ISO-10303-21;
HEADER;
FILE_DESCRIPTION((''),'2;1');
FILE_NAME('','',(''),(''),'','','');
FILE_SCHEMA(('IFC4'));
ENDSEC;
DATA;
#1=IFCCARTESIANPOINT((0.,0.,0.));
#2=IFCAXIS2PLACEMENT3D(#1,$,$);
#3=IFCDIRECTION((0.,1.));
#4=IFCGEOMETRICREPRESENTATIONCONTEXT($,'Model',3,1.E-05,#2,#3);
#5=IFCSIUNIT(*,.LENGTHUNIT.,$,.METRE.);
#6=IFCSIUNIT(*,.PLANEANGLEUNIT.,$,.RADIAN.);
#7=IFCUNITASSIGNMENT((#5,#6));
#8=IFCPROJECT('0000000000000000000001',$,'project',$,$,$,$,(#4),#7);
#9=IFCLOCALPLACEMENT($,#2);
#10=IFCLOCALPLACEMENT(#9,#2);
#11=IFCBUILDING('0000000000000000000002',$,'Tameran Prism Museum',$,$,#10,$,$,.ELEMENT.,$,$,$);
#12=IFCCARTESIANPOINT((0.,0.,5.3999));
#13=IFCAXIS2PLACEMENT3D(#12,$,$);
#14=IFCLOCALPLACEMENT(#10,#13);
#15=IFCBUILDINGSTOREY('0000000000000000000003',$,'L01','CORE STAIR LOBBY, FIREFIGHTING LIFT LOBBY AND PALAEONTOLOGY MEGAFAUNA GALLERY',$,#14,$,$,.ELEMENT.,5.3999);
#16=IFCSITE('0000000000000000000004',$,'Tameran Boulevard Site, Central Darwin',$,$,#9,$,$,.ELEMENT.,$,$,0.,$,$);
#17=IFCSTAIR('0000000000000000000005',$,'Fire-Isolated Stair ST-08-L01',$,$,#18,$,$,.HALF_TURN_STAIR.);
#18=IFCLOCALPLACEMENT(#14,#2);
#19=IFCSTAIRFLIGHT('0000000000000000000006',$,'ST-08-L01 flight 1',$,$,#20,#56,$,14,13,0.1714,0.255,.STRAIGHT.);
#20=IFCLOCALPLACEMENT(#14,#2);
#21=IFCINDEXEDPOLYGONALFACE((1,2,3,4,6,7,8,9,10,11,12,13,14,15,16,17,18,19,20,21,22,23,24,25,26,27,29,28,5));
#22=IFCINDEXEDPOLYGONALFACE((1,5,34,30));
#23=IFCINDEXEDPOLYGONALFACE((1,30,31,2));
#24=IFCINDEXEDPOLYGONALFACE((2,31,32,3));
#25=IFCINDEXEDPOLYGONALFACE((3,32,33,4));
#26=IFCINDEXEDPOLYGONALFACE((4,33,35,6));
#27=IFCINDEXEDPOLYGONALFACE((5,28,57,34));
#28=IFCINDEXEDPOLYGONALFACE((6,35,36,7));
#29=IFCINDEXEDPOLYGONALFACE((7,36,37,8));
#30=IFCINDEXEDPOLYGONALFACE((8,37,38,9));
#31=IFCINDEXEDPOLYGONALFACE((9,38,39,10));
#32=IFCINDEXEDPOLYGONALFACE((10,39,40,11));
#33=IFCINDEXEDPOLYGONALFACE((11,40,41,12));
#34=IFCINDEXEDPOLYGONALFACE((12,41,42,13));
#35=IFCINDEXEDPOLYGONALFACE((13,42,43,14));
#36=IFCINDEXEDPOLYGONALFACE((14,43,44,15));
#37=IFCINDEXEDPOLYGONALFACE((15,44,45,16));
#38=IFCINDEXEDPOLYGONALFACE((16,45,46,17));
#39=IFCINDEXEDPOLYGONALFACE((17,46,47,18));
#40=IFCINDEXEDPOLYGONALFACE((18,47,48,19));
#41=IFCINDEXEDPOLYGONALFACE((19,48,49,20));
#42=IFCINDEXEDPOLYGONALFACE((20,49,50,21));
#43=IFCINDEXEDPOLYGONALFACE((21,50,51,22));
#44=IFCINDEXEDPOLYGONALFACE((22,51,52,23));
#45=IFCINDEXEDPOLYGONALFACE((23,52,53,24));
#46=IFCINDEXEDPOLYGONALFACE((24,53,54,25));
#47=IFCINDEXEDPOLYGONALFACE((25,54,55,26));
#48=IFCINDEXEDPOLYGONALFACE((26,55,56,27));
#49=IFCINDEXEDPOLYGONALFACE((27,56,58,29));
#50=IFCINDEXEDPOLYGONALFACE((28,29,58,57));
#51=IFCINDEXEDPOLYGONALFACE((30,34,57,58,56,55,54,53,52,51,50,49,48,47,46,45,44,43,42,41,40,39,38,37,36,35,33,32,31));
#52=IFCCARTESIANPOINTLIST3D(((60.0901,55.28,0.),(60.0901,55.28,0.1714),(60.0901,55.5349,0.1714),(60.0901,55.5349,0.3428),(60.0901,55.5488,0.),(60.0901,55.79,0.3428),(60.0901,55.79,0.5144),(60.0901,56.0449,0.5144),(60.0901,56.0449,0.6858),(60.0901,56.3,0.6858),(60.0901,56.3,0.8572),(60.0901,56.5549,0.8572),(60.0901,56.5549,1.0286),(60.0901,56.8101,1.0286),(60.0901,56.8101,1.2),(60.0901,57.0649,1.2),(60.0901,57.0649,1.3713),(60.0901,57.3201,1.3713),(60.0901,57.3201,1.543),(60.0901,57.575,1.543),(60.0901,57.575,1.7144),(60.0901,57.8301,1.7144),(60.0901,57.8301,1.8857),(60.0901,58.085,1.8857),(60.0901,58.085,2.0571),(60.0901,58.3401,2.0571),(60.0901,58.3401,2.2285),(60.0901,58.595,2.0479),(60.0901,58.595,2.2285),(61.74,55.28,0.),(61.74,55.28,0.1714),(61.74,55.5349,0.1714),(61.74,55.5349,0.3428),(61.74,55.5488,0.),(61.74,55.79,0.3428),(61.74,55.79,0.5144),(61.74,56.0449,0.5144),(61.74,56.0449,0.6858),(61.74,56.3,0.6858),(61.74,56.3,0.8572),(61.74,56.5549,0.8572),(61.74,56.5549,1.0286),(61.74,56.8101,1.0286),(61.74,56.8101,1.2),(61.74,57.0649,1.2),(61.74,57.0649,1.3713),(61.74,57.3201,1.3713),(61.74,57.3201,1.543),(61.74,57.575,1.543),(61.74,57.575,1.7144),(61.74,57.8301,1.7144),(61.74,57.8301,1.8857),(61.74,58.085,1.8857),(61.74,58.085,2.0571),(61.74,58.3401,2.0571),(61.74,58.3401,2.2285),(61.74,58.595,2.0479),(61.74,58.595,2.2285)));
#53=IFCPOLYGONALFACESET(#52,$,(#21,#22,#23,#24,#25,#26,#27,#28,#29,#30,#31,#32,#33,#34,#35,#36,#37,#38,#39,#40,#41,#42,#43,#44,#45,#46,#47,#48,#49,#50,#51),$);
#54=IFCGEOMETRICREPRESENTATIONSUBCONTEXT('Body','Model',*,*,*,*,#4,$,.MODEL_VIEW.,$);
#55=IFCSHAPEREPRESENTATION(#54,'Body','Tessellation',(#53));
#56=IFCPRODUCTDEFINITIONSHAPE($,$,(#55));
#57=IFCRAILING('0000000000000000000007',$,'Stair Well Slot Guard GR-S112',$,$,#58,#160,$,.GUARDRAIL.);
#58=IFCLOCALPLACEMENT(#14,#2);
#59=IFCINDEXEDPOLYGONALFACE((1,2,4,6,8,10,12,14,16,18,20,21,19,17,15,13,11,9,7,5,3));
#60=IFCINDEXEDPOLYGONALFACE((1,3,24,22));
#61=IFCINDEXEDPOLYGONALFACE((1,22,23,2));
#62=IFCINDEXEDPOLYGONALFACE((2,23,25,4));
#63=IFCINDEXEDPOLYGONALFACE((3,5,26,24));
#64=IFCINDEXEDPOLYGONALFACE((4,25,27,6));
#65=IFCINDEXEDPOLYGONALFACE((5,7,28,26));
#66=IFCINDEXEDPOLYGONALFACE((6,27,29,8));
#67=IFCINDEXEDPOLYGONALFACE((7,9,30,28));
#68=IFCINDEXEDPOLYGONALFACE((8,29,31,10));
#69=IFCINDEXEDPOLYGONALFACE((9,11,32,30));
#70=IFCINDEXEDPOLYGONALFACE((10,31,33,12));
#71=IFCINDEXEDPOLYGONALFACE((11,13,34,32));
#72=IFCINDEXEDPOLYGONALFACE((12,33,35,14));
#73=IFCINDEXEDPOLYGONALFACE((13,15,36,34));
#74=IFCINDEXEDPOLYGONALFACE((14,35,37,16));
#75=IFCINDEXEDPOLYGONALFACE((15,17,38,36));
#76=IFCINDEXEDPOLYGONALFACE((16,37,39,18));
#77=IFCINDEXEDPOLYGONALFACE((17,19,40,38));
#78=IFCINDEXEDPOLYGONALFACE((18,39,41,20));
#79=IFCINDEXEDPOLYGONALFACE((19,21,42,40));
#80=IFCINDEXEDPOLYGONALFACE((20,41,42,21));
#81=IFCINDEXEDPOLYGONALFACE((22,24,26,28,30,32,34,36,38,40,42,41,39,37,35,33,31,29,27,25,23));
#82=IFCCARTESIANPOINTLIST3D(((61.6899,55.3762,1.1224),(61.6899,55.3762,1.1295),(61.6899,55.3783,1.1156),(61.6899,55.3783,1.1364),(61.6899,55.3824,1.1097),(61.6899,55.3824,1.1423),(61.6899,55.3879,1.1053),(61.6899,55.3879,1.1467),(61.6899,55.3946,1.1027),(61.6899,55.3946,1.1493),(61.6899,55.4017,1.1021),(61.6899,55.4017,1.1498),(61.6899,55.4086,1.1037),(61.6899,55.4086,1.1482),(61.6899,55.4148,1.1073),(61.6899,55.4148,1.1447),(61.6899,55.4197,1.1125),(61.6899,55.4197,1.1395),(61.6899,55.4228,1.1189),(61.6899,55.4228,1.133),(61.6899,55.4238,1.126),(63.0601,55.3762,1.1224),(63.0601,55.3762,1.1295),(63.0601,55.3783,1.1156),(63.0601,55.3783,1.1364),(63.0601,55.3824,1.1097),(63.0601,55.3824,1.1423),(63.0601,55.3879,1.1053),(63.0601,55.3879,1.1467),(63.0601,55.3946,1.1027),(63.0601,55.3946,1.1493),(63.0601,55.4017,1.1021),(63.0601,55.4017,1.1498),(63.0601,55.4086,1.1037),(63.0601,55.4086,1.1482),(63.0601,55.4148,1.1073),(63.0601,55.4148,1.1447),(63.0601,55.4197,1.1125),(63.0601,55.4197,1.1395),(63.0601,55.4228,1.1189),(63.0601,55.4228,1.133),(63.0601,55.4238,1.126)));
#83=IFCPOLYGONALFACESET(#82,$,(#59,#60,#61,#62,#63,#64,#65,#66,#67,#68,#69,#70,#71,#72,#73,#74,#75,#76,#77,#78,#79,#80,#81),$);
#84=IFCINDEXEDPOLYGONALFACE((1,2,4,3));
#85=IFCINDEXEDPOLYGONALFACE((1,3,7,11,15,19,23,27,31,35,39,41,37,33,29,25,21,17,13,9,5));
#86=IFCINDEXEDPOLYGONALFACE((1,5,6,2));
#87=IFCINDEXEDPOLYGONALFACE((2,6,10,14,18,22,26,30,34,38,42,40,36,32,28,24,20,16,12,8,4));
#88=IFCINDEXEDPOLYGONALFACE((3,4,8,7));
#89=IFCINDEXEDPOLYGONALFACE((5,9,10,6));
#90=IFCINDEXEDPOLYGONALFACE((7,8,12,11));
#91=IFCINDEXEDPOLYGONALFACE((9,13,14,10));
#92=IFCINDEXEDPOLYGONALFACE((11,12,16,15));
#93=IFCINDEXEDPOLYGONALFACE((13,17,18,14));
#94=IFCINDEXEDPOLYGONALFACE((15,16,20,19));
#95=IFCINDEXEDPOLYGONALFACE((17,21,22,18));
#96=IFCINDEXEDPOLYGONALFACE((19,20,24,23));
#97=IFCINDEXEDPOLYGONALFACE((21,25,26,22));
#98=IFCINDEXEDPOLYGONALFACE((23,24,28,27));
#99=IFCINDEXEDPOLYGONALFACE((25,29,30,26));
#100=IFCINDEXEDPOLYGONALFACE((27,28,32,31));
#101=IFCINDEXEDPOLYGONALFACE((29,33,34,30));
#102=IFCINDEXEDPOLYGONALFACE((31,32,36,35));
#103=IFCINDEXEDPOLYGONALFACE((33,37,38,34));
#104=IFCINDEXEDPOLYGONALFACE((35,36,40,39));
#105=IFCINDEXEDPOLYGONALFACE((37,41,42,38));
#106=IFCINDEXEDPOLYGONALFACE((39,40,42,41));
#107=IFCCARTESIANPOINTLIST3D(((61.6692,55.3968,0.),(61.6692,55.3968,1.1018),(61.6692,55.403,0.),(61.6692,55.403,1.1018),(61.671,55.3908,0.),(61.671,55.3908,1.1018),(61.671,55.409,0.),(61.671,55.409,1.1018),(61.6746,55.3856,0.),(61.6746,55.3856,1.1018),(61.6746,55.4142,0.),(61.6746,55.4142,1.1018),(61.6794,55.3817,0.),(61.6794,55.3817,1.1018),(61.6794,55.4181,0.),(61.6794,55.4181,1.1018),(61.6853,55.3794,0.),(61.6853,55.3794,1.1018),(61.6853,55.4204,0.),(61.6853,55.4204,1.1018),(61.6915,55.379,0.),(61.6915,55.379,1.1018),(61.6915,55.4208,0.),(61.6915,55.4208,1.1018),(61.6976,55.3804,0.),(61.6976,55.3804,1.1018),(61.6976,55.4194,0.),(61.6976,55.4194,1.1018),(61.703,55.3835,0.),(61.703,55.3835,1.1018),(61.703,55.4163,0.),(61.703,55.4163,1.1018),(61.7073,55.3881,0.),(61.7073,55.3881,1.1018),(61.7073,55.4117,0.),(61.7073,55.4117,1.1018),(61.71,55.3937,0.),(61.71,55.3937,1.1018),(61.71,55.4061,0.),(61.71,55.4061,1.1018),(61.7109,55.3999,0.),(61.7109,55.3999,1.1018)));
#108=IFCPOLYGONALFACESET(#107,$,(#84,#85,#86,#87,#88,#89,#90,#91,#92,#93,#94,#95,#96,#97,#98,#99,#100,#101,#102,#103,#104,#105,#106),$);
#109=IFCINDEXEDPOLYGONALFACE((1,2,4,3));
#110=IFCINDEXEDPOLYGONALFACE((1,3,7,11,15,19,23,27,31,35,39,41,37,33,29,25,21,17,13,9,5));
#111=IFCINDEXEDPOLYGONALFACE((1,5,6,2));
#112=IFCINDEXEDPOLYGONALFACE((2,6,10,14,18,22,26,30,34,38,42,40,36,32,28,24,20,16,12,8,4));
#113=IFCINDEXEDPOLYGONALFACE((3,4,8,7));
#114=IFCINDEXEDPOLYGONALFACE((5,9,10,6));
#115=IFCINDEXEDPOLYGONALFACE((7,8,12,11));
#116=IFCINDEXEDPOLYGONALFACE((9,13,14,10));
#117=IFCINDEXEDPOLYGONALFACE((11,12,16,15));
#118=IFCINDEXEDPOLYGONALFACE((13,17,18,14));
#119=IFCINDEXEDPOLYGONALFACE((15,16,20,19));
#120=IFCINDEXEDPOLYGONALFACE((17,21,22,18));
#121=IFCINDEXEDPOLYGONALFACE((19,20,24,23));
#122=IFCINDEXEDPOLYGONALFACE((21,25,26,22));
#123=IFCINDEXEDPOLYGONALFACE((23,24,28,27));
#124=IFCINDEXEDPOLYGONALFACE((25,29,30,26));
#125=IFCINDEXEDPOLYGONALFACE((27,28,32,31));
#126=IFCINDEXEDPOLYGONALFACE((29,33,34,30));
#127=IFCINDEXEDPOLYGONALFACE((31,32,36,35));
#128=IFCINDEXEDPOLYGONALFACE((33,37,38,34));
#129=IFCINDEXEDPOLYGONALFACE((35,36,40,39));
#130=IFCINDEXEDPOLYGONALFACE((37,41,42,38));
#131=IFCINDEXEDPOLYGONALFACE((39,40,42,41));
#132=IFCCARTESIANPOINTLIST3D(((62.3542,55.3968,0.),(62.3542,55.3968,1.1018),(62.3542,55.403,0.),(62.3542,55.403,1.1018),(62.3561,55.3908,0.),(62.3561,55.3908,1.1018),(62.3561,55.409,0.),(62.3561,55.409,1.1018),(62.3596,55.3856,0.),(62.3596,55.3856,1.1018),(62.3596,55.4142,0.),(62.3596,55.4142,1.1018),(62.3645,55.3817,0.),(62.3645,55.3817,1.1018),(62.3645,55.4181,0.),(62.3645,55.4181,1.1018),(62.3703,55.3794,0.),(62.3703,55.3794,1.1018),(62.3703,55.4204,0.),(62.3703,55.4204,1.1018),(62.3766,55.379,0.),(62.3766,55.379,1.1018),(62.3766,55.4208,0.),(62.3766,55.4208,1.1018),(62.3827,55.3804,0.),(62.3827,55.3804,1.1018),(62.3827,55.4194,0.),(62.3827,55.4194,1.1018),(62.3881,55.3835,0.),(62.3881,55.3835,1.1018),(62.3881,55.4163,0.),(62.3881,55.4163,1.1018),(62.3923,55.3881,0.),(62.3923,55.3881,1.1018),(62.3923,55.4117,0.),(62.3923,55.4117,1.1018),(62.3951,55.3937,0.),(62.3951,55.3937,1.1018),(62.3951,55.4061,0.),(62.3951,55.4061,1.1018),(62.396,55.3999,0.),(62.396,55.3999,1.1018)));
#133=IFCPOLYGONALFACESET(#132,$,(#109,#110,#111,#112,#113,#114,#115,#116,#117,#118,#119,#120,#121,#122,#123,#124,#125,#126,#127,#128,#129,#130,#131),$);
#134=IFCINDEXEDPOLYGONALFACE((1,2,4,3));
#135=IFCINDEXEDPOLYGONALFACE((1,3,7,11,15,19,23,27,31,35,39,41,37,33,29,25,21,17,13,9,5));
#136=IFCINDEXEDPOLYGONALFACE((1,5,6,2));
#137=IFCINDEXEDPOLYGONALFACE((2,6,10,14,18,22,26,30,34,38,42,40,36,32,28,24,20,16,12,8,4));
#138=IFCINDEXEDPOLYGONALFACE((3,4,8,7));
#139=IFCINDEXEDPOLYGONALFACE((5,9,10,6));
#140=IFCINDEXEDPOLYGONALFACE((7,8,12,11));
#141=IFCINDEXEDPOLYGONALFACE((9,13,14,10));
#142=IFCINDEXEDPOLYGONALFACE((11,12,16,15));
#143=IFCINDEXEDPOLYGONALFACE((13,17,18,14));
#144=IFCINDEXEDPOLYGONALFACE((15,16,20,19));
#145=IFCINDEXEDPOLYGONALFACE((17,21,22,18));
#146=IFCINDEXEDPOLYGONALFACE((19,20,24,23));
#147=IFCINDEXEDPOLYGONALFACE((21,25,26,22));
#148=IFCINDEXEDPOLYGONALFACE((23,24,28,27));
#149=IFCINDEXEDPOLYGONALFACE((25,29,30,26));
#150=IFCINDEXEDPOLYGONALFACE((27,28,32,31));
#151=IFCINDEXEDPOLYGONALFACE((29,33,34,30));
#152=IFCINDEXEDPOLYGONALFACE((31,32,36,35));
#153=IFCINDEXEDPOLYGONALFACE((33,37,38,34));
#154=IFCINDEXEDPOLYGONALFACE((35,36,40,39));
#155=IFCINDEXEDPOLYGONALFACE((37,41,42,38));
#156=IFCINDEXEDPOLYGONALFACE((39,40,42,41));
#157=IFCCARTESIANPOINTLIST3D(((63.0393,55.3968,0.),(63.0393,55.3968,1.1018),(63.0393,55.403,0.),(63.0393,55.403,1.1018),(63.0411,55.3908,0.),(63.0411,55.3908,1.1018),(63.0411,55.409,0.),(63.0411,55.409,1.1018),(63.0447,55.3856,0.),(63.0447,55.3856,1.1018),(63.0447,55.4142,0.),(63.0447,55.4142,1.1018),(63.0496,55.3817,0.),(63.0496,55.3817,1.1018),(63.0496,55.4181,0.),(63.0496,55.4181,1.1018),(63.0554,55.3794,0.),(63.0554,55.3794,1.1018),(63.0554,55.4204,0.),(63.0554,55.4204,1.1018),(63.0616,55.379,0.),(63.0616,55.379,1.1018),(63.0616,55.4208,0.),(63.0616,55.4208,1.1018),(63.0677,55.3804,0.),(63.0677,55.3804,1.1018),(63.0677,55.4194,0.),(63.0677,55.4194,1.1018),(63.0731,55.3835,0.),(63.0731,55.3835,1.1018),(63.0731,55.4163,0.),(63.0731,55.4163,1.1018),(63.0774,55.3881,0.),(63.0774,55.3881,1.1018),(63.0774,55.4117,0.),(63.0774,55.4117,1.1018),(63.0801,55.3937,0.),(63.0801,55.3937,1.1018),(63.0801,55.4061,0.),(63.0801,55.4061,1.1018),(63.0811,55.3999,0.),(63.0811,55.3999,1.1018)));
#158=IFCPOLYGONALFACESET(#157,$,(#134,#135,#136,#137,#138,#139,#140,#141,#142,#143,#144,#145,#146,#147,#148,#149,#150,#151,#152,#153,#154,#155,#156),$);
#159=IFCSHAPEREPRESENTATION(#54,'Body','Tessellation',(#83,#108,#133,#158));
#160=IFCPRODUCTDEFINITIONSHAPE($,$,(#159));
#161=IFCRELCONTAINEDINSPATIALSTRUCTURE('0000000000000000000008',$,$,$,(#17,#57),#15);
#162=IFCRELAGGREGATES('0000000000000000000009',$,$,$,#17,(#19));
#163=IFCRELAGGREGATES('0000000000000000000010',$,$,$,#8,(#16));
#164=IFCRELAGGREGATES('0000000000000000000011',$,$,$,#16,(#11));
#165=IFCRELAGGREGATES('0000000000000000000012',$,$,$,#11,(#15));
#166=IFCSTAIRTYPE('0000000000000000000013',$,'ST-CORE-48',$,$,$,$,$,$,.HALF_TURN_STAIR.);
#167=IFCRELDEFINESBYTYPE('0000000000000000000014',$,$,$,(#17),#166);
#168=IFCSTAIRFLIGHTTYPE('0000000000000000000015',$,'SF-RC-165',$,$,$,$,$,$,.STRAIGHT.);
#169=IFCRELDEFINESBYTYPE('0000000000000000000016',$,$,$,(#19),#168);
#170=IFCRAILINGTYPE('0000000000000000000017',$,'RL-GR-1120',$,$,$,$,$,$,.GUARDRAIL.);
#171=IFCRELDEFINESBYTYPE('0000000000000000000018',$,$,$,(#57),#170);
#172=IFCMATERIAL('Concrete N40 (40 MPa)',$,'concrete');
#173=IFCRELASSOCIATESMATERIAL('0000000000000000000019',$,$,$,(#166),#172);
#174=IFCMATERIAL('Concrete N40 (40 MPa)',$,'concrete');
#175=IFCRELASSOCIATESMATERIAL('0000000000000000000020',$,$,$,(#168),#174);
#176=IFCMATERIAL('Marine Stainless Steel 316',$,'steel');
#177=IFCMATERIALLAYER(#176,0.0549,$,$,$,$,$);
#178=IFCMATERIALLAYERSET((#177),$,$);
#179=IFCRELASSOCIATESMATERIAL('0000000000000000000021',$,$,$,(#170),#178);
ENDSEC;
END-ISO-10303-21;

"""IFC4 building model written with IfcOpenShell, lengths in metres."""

from ifc_helpers import new_model, si_unit, direction, frame, origin, origin_2d, place, context, subcontext, project, spatial, polyline, circle, outline, extrude, material, layer, layer_set, type_object, element, aggregate, save


model = new_model("IFC4")

# Units and contexts
model_context = context("Model", 3, precision=1e-05, world=origin(), true_north=direction((0.0, 1.0)))
body_context = subcontext(model_context, "Body", "Model", "MODEL_VIEW")
ifc_project = project(units=[si_unit("LENGTHUNIT", "METRE"), si_unit("PLANEANGLEUNIT", "RADIAN")], contexts=[model_context])

# Site, building, storey
site_placement = place(None, origin())
site = spatial("IfcSite", under=ifc_project, at=site_placement, Name="Tameran Boulevard Site, Central Darwin", CompositionType="ELEMENT", RefElevation=0.0)
building_placement = place(site_placement, origin())
building = spatial("IfcBuilding", under=site, at=building_placement, Name="Tameran Prism Museum", CompositionType="ELEMENT")
storey_placement = place(building_placement, frame((0.0, 0.0, 5.3999)))
storey = spatial("IfcBuildingStorey", under=building, at=storey_placement, Name="L01", Description="CORE STAIR LOBBY, FIREFIGHTING LIFT LOBBY AND PALAEONTOLOGY MEGAFAUNA GALLERY", CompositionType="ELEMENT", Elevation=5.3999)

# Stair, stair flight
ifc_material_1 = material(Name="Concrete N40 (40 MPa)", Category="concrete")
stair_type = type_object("IfcStairType", Name="ST-CORE-48", PredefinedType="HALF_TURN_STAIR", material=ifc_material_1)
stair_placement = place(storey_placement, origin())
stair = element("IfcStair", 1, at=stair_placement, inside=storey, type_object=stair_type, Name="Fire-Isolated Stair ST-08-L01", PredefinedType="HALF_TURN_STAIR")
ifc_material_2 = material(Name="Concrete N40 (40 MPa)", Category="concrete")
stair_flight_type = type_object("IfcStairFlightType", Name="SF-RC-165", PredefinedType="STRAIGHT", material=ifc_material_2)
stair_flight_placement = place(storey_placement, frame((60.915, 55.28, 0.0), z_axis=(0.0, 0.0, 1.0), x_axis=(0.0, 1.0, 0.0)))
stair_flight = element("IfcStairFlight", 2, at=stair_flight_placement, type_object=stair_flight_type, Name="ST-08-L01 flight 1", NumberOfRisers=14, NumberOfTreads=13, PredefinedType="STRAIGHT", RiserHeight=0.1714, TreadLength=0.255, context=body_context, shape_type="SweptSolid", body=[
    extrude(outline(polyline([(0.0, 0.0), (0.0, 0.1714), (0.2549, 0.1714), (0.2549, 0.3428), (0.51, 0.3428), (0.51, 0.5144), (0.7649, 0.5144), (0.7649, 0.6858), (1.02, 0.6858), (1.02, 0.8572), (1.2749, 0.8572), (1.2749, 1.0286), (1.53, 1.0286), (1.53, 1.2), (1.7849, 1.2), (1.7849, 1.3713), (2.04, 1.3713), (2.04, 1.543), (2.2949, 1.543), (2.2949, 1.7144), (2.55, 1.7144), (2.55, 1.8857), (2.8049, 1.8857), (2.8049, 2.0571), (3.0601, 2.0571), (3.0601, 2.2285), (3.3149, 2.2285), (3.3149, 2.3999), (3.3149, 2.0479), (0.2688, 0.0), (0.0, 0.0)])), frame((0.0, 0.825, 0.0), z_axis=(0.0, -1.0, 0.0), x_axis=(1.0, 0.0, 0.0)), (0.0, 0.0, 1.0), 1.6499),
])
aggregate(stair, [stair_flight])

# Railing
ifc_material_3 = material(Name="Marine Stainless Steel 316", Category="steel")
ifc_layer_1 = layer(ifc_material_3, 0.0549)
ifc_layer_set_1 = layer_set([ifc_layer_1])
railing_type_1 = type_object("IfcRailingType", Name="RL-GR-1120", PredefinedType="GUARDRAIL", material=ifc_layer_set_1)
railing_1_placement = place(storey_placement, frame((61.6899, 55.3999, 0.0)))
element("IfcRailing", 3, at=railing_1_placement, inside=storey, type_object=railing_type_1, Name="Stair Well Slot Guard GR-S112", PredefinedType="GUARDRAIL", context=body_context, shape_type="SweptSolid", body=[
    extrude(circle(Radius=0.0239, at=origin_2d()), frame((0.0, 0.0, 1.126), z_axis=(1.0, 0.0, 0.0), x_axis=(0.0, 1.0, 0.0)), (0.0, 0.0, 1.0), 1.3701),
    extrude(circle(Radius=0.021, at=origin_2d()), origin(), (0.0, 0.0, 1.0), 1.1018),
    extrude(circle(Radius=0.021, at=origin_2d()), frame((0.6851, 0.0, 0.0)), (0.0, 0.0, 1.0), 1.1018),
    extrude(circle(Radius=0.021, at=origin_2d()), frame((1.3701, 0.0, 0.0)), (0.0, 0.0, 1.0), 1.1018),
])

save(model, "model.ifc")
